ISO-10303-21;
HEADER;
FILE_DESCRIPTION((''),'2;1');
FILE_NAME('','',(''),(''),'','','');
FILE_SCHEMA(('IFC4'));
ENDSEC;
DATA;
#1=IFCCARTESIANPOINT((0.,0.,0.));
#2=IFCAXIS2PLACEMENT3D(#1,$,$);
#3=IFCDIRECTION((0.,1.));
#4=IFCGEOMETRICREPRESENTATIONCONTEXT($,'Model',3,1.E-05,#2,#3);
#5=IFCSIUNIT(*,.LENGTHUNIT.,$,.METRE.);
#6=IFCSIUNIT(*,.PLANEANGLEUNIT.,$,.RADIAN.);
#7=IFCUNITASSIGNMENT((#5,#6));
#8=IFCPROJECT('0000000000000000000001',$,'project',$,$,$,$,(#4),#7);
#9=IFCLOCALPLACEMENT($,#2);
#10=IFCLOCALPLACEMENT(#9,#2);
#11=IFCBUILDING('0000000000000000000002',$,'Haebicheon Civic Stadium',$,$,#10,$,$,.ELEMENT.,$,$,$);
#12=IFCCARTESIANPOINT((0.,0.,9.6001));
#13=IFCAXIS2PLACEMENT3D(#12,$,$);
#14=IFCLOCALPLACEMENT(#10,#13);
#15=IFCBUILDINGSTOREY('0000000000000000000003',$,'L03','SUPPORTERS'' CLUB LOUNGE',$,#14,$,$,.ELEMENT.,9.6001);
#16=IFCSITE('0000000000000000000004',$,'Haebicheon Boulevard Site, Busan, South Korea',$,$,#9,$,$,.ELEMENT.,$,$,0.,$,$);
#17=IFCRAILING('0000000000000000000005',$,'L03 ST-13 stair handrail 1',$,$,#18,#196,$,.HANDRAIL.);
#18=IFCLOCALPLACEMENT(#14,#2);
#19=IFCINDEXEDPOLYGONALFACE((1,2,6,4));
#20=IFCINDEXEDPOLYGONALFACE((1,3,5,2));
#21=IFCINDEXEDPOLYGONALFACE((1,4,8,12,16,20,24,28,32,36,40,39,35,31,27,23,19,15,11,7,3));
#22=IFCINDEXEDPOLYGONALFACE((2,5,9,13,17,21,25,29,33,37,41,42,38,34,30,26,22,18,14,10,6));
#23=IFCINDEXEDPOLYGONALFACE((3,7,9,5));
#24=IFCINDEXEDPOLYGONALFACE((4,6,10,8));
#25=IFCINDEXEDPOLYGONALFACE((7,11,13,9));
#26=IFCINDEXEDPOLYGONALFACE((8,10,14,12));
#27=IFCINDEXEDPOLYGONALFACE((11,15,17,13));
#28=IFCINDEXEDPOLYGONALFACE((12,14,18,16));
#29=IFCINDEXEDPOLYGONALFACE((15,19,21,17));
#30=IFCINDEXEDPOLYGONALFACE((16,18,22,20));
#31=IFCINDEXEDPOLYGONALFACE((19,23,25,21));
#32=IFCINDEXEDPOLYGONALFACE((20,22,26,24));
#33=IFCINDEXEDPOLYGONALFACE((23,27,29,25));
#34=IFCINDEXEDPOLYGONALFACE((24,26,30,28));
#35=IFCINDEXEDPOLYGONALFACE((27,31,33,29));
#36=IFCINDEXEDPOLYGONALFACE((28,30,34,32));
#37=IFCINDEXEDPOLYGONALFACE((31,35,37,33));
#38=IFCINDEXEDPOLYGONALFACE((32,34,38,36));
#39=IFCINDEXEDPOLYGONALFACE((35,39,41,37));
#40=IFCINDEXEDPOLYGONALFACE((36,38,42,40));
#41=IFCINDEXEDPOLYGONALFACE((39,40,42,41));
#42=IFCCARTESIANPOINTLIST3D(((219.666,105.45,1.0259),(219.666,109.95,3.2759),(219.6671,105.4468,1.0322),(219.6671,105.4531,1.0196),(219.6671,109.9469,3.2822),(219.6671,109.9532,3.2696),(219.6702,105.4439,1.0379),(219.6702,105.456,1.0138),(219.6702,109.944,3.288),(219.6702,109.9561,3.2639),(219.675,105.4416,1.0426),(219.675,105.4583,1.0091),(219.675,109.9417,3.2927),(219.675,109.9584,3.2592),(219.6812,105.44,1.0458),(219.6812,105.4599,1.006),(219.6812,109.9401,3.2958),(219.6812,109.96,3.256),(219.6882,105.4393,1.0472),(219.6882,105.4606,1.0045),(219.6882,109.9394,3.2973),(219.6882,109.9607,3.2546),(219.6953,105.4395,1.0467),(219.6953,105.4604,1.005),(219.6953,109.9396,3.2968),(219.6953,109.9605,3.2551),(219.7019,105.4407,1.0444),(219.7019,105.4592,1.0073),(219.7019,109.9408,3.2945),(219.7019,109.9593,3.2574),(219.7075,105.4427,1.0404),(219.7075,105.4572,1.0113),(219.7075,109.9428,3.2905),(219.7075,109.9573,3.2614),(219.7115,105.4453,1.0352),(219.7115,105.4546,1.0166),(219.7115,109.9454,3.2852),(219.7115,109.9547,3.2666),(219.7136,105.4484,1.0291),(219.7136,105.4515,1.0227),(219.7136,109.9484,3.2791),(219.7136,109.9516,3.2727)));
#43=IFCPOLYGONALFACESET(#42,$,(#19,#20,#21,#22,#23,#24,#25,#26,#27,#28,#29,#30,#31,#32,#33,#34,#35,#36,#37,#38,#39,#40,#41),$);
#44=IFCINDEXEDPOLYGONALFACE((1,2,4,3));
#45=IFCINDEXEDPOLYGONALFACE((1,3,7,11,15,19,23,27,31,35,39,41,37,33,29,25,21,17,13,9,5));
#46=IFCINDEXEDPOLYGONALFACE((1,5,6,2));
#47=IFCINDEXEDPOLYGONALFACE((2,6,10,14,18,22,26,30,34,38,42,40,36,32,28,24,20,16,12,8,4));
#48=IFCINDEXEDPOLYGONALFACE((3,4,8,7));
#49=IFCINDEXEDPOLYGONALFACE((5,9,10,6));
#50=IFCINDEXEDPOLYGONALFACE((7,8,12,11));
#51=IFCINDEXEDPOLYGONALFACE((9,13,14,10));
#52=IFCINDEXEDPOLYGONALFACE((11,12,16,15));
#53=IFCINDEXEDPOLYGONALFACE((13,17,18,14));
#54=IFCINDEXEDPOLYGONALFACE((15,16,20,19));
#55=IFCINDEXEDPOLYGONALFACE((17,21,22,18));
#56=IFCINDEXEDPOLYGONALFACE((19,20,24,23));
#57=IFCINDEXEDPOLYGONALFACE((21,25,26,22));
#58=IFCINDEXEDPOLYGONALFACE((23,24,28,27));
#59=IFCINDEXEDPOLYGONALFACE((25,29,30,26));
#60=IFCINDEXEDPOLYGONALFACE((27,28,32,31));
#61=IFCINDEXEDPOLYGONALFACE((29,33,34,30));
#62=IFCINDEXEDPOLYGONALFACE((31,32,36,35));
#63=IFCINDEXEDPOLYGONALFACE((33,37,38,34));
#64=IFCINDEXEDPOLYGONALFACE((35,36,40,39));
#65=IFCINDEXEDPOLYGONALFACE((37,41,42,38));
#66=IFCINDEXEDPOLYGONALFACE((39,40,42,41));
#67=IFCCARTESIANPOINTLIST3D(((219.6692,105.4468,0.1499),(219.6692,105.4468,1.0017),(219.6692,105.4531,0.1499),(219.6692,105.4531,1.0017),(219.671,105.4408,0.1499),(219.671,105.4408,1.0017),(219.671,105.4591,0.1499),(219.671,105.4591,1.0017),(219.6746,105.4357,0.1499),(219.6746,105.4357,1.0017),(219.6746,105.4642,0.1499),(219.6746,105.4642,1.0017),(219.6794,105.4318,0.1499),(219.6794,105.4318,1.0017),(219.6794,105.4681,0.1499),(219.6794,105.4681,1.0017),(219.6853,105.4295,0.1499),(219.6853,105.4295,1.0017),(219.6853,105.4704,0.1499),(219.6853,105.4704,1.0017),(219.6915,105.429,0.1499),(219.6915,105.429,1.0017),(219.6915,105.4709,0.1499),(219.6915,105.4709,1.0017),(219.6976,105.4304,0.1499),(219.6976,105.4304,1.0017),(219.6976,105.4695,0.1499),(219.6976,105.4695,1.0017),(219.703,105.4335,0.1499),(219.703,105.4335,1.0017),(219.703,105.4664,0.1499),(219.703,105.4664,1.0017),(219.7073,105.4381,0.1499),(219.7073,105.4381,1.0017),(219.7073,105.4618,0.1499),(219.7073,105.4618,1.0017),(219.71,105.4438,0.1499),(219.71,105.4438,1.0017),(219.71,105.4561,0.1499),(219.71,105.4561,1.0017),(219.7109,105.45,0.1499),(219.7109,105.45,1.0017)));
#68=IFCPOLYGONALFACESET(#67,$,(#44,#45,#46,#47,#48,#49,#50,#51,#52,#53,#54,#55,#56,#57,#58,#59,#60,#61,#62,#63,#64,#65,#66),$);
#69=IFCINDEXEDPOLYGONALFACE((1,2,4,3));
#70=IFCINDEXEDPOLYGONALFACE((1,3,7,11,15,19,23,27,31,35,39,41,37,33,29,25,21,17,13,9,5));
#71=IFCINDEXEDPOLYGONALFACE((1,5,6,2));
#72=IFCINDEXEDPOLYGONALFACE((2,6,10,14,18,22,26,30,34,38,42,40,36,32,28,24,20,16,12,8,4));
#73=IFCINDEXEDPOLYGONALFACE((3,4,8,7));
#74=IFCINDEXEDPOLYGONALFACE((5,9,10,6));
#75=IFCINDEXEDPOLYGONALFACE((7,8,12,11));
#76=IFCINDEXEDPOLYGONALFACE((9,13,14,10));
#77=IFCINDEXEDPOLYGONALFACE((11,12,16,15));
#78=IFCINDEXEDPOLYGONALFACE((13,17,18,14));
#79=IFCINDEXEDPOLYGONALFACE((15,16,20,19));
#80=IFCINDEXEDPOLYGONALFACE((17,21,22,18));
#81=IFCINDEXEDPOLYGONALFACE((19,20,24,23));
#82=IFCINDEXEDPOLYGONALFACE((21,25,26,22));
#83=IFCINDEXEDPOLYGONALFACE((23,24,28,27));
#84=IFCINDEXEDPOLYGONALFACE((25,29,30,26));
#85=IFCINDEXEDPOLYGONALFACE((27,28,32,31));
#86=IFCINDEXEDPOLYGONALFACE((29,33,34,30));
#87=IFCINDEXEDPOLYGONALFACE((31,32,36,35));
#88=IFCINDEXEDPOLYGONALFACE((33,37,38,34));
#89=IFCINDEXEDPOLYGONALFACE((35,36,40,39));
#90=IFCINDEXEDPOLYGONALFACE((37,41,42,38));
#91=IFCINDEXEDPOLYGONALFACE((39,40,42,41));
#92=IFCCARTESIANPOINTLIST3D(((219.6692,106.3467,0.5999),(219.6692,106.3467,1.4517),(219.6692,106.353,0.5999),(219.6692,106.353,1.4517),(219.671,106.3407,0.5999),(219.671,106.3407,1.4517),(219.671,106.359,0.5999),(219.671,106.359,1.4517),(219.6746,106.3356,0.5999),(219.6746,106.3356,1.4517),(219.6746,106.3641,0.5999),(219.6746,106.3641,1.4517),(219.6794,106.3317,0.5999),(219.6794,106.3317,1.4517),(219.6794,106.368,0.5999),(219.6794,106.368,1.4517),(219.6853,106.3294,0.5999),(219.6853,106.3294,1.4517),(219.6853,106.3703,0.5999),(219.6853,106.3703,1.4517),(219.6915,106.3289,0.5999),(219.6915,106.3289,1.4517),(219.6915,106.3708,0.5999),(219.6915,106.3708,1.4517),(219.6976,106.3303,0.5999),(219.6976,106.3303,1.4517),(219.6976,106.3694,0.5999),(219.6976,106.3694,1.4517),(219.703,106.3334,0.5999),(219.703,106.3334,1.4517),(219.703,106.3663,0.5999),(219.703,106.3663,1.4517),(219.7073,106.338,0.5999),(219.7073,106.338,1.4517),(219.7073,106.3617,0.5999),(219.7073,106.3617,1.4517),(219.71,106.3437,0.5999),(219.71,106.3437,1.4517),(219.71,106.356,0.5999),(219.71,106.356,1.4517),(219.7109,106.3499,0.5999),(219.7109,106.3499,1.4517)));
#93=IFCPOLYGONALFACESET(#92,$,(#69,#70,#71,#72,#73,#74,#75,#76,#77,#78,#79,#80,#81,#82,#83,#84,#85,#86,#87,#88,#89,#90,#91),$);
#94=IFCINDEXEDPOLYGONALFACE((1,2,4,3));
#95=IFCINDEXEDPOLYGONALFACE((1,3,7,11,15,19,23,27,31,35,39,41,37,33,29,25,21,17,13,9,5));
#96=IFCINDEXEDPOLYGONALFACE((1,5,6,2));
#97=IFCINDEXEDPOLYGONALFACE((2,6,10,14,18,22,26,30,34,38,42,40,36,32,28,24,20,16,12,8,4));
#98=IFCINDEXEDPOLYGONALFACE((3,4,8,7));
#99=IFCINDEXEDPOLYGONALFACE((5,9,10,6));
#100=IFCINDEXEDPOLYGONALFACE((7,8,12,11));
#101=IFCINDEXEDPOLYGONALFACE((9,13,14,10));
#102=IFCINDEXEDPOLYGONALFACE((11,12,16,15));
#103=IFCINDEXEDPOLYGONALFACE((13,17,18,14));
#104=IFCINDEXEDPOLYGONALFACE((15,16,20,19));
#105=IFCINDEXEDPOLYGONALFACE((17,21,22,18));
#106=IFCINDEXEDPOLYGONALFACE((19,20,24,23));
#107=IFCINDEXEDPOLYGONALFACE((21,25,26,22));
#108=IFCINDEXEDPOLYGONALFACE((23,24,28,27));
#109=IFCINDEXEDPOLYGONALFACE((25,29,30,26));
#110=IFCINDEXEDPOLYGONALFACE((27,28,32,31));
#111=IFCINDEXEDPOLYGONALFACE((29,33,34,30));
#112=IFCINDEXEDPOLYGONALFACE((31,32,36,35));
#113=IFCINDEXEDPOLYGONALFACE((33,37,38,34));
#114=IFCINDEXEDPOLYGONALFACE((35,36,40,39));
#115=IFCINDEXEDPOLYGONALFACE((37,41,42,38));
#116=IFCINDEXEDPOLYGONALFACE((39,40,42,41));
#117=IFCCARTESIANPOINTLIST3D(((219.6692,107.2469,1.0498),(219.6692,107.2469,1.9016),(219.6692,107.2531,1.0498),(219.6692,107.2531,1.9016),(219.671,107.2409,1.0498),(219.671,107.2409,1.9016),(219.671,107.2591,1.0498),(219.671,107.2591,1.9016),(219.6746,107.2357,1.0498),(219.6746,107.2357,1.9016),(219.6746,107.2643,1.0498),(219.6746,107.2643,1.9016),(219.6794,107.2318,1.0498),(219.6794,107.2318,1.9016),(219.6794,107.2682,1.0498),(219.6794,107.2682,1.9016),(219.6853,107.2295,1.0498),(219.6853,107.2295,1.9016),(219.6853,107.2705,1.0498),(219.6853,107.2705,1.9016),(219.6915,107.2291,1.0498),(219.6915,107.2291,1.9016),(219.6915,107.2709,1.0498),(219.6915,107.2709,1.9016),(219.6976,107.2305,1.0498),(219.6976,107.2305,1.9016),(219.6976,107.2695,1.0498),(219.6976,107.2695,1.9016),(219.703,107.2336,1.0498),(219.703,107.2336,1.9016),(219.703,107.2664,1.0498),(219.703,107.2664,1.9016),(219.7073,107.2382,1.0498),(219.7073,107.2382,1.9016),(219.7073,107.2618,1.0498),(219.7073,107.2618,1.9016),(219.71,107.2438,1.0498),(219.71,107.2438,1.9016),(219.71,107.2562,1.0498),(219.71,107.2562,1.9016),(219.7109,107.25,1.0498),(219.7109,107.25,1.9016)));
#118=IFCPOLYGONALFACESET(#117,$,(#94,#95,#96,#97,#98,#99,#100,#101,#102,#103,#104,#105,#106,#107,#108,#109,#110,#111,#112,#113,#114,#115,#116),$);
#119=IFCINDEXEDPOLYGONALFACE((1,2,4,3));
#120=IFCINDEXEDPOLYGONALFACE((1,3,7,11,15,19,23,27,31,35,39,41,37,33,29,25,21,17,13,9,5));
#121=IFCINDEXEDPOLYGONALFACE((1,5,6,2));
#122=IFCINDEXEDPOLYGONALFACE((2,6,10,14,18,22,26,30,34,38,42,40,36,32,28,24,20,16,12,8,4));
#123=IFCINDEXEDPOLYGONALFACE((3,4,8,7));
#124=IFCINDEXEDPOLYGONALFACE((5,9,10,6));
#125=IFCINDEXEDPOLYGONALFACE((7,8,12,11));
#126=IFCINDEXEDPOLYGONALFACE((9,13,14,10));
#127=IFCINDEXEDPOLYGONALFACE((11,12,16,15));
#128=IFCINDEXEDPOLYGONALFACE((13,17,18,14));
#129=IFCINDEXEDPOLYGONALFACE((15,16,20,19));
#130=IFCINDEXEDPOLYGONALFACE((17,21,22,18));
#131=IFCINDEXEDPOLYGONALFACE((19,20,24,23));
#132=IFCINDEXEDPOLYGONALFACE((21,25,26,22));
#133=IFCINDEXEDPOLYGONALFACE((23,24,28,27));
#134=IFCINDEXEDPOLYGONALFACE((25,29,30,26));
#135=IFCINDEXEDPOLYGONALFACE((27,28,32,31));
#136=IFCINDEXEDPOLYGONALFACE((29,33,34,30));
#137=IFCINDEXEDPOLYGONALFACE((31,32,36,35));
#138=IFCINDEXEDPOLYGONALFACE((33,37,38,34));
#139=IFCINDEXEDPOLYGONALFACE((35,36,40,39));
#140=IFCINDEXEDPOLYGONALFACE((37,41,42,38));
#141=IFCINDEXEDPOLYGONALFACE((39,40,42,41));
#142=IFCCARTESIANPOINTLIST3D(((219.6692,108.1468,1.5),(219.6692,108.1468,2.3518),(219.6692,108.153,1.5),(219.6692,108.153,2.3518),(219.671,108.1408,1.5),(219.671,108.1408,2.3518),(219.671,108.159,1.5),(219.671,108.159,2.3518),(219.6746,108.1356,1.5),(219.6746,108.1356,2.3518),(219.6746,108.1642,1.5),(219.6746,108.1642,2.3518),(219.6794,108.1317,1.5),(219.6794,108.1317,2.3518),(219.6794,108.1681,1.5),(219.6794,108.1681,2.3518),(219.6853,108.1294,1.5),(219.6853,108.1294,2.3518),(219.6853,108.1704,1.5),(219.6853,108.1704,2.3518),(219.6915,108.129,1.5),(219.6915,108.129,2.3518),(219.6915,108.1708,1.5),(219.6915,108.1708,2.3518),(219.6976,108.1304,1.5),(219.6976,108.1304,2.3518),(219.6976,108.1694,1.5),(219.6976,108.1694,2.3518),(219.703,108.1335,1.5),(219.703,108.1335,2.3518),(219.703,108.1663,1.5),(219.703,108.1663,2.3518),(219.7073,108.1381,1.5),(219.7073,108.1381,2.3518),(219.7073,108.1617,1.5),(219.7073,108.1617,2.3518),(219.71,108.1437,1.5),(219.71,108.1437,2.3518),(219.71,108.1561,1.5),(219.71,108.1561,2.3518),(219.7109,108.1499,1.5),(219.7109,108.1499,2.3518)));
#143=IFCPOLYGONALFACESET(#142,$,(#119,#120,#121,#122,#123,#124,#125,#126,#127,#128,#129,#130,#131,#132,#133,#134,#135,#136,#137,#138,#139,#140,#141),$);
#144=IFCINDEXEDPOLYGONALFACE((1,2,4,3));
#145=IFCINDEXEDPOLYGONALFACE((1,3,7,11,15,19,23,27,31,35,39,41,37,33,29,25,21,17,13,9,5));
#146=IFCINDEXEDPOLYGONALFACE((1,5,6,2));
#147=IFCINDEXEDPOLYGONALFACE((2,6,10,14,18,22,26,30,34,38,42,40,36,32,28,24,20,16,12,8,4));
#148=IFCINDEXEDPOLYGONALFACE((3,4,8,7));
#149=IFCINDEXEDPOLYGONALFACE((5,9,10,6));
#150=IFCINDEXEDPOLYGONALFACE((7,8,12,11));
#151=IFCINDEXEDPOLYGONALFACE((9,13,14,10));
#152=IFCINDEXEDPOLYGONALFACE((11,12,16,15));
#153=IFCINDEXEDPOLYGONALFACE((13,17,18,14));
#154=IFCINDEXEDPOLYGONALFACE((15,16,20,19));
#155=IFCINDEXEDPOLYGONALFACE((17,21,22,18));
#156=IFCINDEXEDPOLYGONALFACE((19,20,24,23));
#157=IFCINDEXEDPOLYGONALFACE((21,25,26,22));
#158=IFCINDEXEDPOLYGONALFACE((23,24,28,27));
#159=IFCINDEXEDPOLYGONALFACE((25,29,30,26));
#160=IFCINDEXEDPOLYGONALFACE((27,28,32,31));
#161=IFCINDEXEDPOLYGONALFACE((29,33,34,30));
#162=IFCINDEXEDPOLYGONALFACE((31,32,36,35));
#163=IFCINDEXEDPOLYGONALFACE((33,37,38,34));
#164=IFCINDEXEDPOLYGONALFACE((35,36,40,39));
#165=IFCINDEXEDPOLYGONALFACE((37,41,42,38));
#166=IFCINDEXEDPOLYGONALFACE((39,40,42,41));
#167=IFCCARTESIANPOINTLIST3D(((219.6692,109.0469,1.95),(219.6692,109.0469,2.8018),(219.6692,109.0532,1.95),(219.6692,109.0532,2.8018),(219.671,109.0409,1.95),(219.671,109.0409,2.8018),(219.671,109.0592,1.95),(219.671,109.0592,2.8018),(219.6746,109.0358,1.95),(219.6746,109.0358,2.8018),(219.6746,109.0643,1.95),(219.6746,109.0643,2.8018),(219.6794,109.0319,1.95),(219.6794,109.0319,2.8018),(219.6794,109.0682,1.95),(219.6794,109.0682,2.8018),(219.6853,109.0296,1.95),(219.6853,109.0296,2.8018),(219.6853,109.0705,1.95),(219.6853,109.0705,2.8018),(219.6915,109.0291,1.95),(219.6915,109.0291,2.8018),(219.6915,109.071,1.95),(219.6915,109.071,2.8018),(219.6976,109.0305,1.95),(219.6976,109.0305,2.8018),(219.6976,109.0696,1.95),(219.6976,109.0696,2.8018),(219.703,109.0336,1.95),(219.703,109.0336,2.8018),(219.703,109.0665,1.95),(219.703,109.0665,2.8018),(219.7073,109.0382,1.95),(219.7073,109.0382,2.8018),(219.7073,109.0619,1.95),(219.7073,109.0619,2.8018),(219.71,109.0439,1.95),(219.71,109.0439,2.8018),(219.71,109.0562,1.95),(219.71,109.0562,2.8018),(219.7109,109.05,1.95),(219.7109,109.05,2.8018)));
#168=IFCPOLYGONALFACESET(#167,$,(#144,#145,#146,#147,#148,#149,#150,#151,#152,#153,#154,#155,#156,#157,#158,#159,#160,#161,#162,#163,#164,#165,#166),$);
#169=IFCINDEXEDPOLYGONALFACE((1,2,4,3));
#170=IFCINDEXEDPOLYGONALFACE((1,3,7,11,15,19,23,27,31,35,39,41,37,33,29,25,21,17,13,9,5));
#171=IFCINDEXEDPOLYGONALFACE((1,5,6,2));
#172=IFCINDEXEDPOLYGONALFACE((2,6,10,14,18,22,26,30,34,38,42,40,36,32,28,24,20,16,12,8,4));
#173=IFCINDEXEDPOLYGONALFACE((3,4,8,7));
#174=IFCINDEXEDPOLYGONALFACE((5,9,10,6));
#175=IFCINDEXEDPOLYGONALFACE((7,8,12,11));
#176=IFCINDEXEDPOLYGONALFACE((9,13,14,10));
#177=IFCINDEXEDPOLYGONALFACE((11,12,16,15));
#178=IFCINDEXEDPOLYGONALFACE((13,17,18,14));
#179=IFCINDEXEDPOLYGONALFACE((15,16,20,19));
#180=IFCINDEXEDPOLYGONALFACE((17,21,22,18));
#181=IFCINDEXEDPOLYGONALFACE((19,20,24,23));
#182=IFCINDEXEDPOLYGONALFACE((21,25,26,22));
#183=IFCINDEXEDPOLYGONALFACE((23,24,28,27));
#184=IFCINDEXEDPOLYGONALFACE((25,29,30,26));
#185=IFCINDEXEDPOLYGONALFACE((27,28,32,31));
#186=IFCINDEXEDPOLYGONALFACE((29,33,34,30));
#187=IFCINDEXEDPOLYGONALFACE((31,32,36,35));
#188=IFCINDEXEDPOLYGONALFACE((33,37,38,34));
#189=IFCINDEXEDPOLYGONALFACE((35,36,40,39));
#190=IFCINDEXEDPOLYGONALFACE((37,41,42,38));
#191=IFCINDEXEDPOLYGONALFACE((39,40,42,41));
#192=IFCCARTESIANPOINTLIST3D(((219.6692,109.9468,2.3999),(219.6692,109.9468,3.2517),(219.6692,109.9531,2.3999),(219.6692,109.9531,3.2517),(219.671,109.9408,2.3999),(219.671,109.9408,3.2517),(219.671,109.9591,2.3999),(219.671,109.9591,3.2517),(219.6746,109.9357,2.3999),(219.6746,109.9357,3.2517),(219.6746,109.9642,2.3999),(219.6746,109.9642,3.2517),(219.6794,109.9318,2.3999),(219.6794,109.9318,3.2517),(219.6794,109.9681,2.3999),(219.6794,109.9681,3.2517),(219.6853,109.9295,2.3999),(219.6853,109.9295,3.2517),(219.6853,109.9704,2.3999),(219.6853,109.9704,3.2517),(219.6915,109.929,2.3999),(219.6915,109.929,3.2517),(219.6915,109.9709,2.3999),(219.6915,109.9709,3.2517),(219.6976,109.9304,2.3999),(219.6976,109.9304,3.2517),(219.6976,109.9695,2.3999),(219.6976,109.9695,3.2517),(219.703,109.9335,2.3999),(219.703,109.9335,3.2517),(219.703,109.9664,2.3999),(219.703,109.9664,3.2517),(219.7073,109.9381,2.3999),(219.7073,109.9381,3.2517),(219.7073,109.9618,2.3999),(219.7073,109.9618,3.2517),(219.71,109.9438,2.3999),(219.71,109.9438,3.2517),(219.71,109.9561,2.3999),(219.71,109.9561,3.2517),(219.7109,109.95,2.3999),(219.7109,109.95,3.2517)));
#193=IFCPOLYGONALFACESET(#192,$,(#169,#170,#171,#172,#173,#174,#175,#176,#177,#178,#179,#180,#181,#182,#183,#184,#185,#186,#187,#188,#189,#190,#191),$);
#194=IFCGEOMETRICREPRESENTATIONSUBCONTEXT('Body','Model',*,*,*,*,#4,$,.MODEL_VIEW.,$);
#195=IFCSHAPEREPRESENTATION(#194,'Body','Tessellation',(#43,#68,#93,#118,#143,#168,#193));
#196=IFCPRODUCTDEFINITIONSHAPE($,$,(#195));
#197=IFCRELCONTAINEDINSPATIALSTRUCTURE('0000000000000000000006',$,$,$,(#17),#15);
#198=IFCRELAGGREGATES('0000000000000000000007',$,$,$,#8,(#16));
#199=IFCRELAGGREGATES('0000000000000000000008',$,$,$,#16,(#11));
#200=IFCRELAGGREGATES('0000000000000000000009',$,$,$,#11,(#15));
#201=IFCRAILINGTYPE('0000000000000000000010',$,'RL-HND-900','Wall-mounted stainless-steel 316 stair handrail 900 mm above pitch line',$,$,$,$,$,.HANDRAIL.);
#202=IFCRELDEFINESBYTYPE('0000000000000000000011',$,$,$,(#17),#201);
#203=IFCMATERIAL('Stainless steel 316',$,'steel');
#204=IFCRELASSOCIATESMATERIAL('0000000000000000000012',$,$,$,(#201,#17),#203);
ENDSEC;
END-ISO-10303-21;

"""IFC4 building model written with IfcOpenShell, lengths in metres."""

from ifc_helpers import new_model, si_unit, direction, frame, origin, origin_2d, place, context, subcontext, project, spatial, circle, extrude, material, type_object, element, save


model = new_model("IFC4")

# Units and contexts
model_context = context("Model", 3, precision=1e-05, world=origin(), true_north=direction((0.0, 1.0)))
body_context = subcontext(model_context, "Body", "Model", "MODEL_VIEW")
ifc_project = project(units=[si_unit("LENGTHUNIT", "METRE"), si_unit("PLANEANGLEUNIT", "RADIAN")], contexts=[model_context])

# Site, building, storey
site_placement = place(None, origin())
site = spatial("IfcSite", under=ifc_project, at=site_placement, Name="Haebicheon Boulevard Site, Busan, South Korea", CompositionType="ELEMENT", RefElevation=0.0)
building_placement = place(site_placement, origin())
building = spatial("IfcBuilding", under=site, at=building_placement, Name="Haebicheon Civic Stadium", CompositionType="ELEMENT")
storey_placement = place(building_placement, frame((0.0, 0.0, 9.6001)))
storey = spatial("IfcBuildingStorey", under=building, at=storey_placement, Name="L03", Description="SUPPORTERS' CLUB LOUNGE", CompositionType="ELEMENT", Elevation=9.6001)

# Railing
ifc_material_1 = material(Name="Stainless steel 316", Category="steel")
railing_type_1 = type_object("IfcRailingType", Name="RL-HND-900", Description="Wall-mounted stainless-steel 316 stair handrail 900 mm above pitch line", PredefinedType="HANDRAIL", material=ifc_material_1)
railing_1_placement = place(storey_placement, frame((219.6899, 105.45, 0.1499)))
element("IfcRailing", 1, at=railing_1_placement, inside=storey, type_object=railing_type_1, material=ifc_material_1, Name="L03 ST-13 stair handrail 1", PredefinedType="HANDRAIL", context=body_context, shape_type="SweptSolid", body=[
    extrude(circle(Radius=0.0239, at=origin_2d()), frame((0.0, 0.0, 0.876), z_axis=(0.0, 0.894427, 0.447214), x_axis=(-1.0, 0.0, 0.0)), (0.0, 0.0, 1.0), 5.0312),
    extrude(circle(Radius=0.021, at=origin_2d()), origin(), (0.0, 0.0, 1.0), 0.8518),
    extrude(circle(Radius=0.021, at=origin_2d()), frame((0.0, 0.8999, 0.45)), (0.0, 0.0, 1.0), 0.8518),
    extrude(circle(Radius=0.021, at=origin_2d()), frame((0.0, 1.8, 0.8999)), (0.0, 0.0, 1.0), 0.8518),
    extrude(circle(Radius=0.021, at=origin_2d()), frame((0.0, 2.7, 1.3501)), (0.0, 0.0, 1.0), 0.8518),
    extrude(circle(Radius=0.021, at=origin_2d()), frame((0.0, 3.6001, 1.8)), (0.0, 0.0, 1.0), 0.8518),
    extrude(circle(Radius=0.021, at=origin_2d()), frame((0.0, 4.5, 2.25)), (0.0, 0.0, 1.0), 0.8518),
])

save(model, "model.ifc")
